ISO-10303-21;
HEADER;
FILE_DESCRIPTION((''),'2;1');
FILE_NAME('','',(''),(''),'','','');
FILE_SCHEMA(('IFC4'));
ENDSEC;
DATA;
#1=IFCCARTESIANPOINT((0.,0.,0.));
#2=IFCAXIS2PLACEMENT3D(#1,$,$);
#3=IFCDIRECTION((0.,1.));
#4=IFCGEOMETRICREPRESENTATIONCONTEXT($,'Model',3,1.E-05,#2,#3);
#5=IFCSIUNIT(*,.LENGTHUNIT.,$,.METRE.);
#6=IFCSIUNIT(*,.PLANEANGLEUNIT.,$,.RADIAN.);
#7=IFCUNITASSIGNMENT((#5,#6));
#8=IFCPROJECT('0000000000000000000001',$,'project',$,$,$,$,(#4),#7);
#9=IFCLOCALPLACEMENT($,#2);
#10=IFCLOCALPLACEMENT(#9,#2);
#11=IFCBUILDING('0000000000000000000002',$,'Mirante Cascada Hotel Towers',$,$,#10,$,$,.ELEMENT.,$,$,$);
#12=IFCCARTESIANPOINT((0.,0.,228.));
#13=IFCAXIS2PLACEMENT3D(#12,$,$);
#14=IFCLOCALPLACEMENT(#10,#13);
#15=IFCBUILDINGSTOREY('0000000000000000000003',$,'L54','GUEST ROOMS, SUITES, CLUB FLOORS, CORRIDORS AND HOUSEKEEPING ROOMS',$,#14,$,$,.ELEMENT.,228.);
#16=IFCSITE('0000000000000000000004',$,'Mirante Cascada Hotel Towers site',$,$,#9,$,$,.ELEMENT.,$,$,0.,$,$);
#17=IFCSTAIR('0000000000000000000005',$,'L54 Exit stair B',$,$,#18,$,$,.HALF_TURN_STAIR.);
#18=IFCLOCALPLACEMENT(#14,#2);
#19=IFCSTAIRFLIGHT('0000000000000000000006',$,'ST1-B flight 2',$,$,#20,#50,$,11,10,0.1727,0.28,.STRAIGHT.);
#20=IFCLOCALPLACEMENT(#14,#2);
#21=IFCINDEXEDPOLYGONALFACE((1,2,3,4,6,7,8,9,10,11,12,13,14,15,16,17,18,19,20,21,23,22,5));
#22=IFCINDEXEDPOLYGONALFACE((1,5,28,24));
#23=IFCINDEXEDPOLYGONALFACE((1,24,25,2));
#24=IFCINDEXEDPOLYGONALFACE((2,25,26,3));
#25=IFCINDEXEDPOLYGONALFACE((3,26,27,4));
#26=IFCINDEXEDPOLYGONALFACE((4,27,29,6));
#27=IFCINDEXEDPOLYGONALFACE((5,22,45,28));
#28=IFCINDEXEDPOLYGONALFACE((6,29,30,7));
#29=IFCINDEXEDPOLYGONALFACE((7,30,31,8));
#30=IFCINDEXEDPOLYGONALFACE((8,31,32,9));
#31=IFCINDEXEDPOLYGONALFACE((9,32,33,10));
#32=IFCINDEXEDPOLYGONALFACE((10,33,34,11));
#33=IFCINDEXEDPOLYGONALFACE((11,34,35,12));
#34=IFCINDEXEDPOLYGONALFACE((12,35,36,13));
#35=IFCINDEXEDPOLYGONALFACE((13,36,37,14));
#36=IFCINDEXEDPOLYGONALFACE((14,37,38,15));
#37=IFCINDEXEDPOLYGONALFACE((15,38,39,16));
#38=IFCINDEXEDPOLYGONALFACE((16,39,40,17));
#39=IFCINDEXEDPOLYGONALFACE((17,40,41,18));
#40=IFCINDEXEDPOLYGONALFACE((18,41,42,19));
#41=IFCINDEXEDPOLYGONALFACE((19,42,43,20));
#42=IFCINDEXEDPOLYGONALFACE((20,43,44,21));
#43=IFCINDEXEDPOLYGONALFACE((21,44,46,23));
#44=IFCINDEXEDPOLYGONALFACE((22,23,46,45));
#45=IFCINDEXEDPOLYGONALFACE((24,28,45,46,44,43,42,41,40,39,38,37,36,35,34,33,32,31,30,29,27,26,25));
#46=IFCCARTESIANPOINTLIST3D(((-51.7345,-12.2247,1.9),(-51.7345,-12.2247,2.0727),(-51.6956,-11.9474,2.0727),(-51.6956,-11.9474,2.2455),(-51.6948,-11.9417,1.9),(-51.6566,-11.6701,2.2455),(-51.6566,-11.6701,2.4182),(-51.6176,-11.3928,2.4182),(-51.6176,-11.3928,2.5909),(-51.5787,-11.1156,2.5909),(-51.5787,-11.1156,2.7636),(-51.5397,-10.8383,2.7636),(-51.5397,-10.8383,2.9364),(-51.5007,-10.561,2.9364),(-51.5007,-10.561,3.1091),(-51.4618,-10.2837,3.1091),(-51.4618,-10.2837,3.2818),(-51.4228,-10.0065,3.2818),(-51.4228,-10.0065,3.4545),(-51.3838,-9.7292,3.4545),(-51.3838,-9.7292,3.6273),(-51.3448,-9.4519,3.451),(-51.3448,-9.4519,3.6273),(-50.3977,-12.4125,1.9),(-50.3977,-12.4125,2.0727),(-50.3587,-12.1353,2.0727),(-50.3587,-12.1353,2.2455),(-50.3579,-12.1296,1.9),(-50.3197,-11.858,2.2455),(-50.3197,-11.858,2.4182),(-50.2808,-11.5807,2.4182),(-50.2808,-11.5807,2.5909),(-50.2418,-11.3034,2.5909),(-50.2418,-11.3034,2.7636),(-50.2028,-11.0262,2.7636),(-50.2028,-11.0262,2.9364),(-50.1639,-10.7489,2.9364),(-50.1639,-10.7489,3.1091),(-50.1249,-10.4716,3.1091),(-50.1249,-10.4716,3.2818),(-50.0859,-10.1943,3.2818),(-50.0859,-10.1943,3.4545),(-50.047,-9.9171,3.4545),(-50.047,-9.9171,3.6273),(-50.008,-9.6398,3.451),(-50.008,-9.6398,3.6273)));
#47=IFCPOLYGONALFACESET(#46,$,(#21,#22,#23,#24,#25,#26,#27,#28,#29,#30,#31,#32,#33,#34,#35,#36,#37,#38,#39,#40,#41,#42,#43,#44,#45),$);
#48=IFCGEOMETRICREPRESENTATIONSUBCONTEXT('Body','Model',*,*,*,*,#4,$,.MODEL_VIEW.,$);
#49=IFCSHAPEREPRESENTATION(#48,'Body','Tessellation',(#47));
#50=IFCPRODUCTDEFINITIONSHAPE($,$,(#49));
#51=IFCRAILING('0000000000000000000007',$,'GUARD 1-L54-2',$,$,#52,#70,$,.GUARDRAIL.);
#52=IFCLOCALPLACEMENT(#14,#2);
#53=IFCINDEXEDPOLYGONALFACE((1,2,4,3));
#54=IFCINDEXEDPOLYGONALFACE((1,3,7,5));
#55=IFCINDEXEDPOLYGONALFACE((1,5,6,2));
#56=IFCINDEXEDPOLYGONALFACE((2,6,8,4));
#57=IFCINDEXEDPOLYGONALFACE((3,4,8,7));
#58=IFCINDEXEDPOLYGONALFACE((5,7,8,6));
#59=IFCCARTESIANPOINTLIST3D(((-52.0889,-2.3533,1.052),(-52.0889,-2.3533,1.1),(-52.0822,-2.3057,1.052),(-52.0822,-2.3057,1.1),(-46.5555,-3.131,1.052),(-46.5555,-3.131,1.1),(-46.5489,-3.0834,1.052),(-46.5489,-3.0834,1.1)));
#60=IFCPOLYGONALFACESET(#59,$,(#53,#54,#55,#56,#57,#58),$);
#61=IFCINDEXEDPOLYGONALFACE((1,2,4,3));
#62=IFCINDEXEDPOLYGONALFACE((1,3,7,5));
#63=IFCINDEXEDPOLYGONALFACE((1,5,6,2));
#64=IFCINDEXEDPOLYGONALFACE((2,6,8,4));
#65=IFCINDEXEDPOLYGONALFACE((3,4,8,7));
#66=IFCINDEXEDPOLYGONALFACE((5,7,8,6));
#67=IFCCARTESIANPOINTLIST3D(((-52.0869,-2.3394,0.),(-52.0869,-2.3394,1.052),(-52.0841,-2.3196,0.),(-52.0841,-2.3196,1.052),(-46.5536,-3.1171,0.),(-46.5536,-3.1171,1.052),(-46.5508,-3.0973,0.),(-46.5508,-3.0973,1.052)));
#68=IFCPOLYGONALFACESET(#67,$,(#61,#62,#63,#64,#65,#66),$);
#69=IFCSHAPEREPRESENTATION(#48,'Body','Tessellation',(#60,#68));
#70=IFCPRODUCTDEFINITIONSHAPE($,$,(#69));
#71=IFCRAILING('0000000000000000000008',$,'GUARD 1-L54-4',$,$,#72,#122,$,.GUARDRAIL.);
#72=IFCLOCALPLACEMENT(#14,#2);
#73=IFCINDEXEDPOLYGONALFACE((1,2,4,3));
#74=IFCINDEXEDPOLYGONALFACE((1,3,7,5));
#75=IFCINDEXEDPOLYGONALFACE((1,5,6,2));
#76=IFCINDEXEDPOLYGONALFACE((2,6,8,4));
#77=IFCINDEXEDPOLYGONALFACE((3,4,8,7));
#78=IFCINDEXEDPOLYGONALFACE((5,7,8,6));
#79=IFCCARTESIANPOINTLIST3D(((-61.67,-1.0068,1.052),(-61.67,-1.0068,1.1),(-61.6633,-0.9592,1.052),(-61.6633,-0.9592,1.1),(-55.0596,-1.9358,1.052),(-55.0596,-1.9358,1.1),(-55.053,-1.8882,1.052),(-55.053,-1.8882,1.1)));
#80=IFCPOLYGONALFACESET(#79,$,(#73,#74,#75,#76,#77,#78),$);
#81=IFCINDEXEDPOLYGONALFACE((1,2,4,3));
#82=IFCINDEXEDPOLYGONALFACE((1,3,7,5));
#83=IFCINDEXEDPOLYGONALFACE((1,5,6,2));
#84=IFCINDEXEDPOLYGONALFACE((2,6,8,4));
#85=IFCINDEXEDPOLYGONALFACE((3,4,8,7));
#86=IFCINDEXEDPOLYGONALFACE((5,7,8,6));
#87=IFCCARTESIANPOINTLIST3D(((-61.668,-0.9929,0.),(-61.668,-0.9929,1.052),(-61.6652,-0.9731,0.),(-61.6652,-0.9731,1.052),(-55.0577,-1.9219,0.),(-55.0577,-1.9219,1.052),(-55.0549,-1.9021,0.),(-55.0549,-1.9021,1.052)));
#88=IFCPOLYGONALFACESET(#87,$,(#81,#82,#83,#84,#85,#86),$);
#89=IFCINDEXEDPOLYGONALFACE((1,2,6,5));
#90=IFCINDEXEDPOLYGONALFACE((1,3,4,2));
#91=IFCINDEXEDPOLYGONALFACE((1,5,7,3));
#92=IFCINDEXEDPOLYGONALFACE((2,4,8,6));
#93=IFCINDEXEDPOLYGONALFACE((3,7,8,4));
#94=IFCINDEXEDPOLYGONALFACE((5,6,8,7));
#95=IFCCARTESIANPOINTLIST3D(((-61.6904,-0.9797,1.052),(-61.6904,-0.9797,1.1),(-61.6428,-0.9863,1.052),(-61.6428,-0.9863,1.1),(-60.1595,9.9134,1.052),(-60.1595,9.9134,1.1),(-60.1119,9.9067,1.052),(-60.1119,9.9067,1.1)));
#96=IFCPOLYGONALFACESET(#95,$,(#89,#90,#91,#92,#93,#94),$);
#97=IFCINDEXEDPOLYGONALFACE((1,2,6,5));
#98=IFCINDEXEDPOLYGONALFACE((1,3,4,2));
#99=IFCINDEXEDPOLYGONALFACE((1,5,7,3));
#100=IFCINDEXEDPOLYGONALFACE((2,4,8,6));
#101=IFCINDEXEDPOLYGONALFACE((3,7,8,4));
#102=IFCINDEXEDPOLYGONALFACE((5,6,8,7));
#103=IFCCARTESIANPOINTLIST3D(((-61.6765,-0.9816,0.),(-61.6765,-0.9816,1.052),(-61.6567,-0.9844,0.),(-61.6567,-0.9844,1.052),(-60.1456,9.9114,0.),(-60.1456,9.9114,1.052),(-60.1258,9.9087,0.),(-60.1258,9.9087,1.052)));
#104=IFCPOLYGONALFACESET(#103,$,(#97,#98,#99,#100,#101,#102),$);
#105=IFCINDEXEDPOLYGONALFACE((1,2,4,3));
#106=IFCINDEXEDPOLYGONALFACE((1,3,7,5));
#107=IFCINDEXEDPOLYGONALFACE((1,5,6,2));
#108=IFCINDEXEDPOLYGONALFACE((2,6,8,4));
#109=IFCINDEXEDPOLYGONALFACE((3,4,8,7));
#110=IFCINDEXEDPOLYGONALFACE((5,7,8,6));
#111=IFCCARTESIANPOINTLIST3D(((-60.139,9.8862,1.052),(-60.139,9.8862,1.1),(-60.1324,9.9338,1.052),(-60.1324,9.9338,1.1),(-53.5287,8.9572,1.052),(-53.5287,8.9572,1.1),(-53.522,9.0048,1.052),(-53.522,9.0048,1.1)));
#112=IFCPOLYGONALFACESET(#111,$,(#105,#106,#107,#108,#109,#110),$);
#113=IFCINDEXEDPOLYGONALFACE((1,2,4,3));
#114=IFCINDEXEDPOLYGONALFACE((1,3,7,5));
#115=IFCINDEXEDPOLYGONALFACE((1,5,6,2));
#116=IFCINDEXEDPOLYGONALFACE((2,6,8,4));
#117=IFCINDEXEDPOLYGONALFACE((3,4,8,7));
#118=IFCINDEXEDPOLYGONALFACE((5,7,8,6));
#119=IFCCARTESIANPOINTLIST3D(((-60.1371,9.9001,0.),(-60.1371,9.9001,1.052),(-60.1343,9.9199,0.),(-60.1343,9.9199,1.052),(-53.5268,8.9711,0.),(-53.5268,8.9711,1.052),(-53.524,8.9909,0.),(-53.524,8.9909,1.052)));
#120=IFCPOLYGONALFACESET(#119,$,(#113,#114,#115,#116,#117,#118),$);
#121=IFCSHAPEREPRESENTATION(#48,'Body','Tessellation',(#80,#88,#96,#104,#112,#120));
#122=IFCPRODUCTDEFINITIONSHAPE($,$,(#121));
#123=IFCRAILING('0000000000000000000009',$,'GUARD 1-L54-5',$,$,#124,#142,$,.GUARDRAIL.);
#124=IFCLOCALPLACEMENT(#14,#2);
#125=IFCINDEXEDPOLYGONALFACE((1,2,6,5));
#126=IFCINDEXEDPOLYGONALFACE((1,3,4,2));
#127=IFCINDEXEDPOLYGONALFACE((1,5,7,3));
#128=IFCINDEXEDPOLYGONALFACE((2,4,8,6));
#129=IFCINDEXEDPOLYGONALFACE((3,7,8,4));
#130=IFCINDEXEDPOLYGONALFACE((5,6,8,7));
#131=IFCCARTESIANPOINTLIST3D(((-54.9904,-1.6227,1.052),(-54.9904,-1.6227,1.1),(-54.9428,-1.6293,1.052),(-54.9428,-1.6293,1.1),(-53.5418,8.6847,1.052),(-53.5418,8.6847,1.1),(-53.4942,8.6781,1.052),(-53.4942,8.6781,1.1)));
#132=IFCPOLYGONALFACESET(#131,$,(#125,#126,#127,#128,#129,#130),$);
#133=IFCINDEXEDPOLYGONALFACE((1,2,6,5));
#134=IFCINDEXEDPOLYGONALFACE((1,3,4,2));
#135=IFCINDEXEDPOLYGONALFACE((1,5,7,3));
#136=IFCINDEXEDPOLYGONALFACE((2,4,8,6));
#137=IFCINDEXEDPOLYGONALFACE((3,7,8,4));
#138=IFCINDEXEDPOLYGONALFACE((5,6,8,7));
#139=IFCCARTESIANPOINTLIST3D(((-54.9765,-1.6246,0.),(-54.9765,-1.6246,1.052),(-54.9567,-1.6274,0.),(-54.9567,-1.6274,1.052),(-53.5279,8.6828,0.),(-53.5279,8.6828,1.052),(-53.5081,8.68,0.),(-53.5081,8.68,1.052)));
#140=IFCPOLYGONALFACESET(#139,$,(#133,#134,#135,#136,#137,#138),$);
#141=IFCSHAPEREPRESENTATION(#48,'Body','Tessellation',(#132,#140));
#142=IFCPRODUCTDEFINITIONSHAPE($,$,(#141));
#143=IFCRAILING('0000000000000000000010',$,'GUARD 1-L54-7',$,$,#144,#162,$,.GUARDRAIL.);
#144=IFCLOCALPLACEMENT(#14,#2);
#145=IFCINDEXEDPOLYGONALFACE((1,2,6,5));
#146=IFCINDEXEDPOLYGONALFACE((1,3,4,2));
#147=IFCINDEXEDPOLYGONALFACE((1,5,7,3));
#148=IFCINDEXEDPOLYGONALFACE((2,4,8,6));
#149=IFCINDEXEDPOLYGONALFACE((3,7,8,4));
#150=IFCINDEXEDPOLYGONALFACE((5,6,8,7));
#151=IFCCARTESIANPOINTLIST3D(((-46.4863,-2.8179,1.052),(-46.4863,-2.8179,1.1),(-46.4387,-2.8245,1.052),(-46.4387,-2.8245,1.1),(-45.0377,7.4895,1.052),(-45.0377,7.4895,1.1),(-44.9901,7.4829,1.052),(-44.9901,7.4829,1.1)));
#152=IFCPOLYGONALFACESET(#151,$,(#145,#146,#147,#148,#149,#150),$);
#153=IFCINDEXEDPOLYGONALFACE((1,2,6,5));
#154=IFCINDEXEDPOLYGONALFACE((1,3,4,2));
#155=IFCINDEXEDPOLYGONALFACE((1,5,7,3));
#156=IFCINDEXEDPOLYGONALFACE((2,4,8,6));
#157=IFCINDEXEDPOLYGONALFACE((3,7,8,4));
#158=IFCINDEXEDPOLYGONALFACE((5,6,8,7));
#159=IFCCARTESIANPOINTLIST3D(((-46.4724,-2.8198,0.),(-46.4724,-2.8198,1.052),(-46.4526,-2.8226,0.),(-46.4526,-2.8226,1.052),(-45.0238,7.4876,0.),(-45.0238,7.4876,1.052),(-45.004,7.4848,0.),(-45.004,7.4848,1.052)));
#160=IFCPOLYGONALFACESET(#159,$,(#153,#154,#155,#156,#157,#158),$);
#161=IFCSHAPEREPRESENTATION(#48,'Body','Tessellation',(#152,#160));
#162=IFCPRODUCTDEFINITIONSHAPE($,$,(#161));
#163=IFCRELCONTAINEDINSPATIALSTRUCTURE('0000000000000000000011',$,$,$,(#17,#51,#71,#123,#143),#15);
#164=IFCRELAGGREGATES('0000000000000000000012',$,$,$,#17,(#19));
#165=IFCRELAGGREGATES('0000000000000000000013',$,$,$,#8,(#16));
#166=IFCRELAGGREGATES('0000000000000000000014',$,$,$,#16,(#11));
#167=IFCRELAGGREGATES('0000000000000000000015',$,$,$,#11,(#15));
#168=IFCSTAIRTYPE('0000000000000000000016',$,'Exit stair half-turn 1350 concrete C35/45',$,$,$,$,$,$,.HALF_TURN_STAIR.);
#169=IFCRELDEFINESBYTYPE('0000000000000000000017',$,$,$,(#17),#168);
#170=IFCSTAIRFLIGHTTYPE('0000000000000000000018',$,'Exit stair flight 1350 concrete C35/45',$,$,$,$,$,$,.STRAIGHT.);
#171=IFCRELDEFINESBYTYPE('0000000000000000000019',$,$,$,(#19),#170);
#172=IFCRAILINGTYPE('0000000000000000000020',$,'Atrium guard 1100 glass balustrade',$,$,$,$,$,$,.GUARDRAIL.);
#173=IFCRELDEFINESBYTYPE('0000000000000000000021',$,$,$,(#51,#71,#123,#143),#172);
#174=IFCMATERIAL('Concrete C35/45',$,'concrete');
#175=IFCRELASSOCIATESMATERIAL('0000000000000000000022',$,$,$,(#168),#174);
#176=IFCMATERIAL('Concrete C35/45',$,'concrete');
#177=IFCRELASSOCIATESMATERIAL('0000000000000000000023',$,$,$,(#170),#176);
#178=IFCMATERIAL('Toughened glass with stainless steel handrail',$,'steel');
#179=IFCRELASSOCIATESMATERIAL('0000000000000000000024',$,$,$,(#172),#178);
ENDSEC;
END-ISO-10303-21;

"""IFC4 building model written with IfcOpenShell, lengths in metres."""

from ifc_helpers import new_model, si_unit, direction, frame, origin, origin_2d, place, context, subcontext, project, spatial, polyline, rectangle, outline, extrude, material, type_object, element, aggregate, save


model = new_model("IFC4")

# Units and contexts
model_context = context("Model", 3, precision=1e-05, world=origin(), true_north=direction((0.0, 1.0)))
body_context = subcontext(model_context, "Body", "Model", "MODEL_VIEW")
ifc_project = project(units=[si_unit("LENGTHUNIT", "METRE"), si_unit("PLANEANGLEUNIT", "RADIAN")], contexts=[model_context])

# Site, building, storey
site_placement = place(None, origin())
site = spatial("IfcSite", under=ifc_project, at=site_placement, Name="Mirante Cascada Hotel Towers site", CompositionType="ELEMENT", RefElevation=0.0)
building_placement = place(site_placement, origin())
building = spatial("IfcBuilding", under=site, at=building_placement, Name="Mirante Cascada Hotel Towers", CompositionType="ELEMENT")
storey_placement = place(building_placement, frame((0.0, 0.0, 228.0)))
storey = spatial("IfcBuildingStorey", under=building, at=storey_placement, Name="L54", Description="GUEST ROOMS, SUITES, CLUB FLOORS, CORRIDORS AND HOUSEKEEPING ROOMS", CompositionType="ELEMENT", Elevation=228.0)

# Stair, stair flight
ifc_material_1 = material(Name="Concrete C35/45", Category="concrete")
stair_type = type_object("IfcStairType", Name="Exit stair half-turn 1350 concrete C35/45", PredefinedType="HALF_TURN_STAIR", material=ifc_material_1)
stair_placement = place(storey_placement, origin())
stair = element("IfcStair", 1, at=stair_placement, inside=storey, type_object=stair_type, Name="L54 Exit stair B", PredefinedType="HALF_TURN_STAIR")
ifc_material_2 = material(Name="Concrete C35/45", Category="concrete")
stair_flight_type = type_object("IfcStairFlightType", Name="Exit stair flight 1350 concrete C35/45", PredefinedType="STRAIGHT", material=ifc_material_2)
stair_flight_1_placement = place(storey_placement, frame((-51.0661, -12.3186, 1.9), z_axis=(0.0, 0.0, 1.0), x_axis=(0.139173, 0.990268, 0.0)))
stair_flight_1 = element("IfcStairFlight", 2, at=stair_flight_1_placement, type_object=stair_flight_type, Name="ST1-B flight 2", NumberOfRisers=11, NumberOfTreads=10, PredefinedType="STRAIGHT", RiserHeight=0.1727, TreadLength=0.28, context=body_context, shape_type="SweptSolid", body=[
    extrude(outline(polyline([(0.0, 0.0), (0.0, 0.1727), (0.28, 0.1727), (0.28, 0.3455), (0.56, 0.3455), (0.56, 0.5182), (0.84, 0.5182), (0.84, 0.6909), (1.12, 0.6909), (1.12, 0.8636), (1.4, 0.8636), (1.4, 1.0364), (1.68, 1.0364), (1.68, 1.2091), (1.96, 1.2091), (1.96, 1.3818), (2.24, 1.3818), (2.24, 1.5545), (2.52, 1.5545), (2.52, 1.7273), (2.8, 1.7273), (2.8, 1.9), (2.8, 1.551), (0.2857, 0.0), (0.0, 0.0)])), frame((0.0, 0.675, 0.0), z_axis=(0.0, -1.0, 0.0), x_axis=(1.0, 0.0, 0.0)), (0.0, 0.0, 1.0), 1.35),
])
aggregate(stair, [stair_flight_1])

# Railings
ifc_material_3 = material(Name="Toughened glass with stainless steel handrail", Category="steel")
railing_type_1 = type_object("IfcRailingType", Name="Atrium guard 1100 glass balustrade", PredefinedType="GUARDRAIL", material=ifc_material_3)
railing_1_placement = place(storey_placement, frame((-46.5522, -3.1072, 0.0)))
element("IfcRailing", 3, at=railing_1_placement, inside=storey, type_object=railing_type_1, Name="GUARD 1-L54-2", PredefinedType="GUARDRAIL", context=body_context, shape_type="SweptSolid", body=[
    extrude(rectangle(XDim=0.048, YDim=0.048, at=origin_2d()), frame((0.0, 0.0, 1.076), z_axis=(-0.990267, 0.139181, 0.0), x_axis=(-0.139181, -0.990267, 0.0)), (0.0, 0.0, 1.0), 5.5877),
    extrude(rectangle(XDim=0.02, YDim=1.052, at=origin_2d()), frame((0.0, 0.0, 0.526), z_axis=(-0.990267, 0.139181, 0.0), x_axis=(-0.139181, -0.990267, 0.0)), (0.0, 0.0, 1.0), 5.5877),
])
railing_2_placement = place(storey_placement, frame((-55.0563, -1.912, 0.0)))
element("IfcRailing", 4, at=railing_2_placement, inside=storey, type_object=railing_type_1, Name="GUARD 1-L54-4", PredefinedType="GUARDRAIL", context=body_context, shape_type="SweptSolid", body=[
    extrude(rectangle(XDim=0.048, YDim=0.048, at=origin_2d()), frame((0.0, 0.0, 1.076), z_axis=(-0.990268, 0.139171, 0.0), x_axis=(-0.139171, -0.990268, 0.0)), (0.0, 0.0, 1.0), 6.6753),
    extrude(rectangle(XDim=0.02, YDim=1.052, at=origin_2d()), frame((0.0, 0.0, 0.526), z_axis=(-0.990268, 0.139171, 0.0), x_axis=(-0.139171, -0.990268, 0.0)), (0.0, 0.0, 1.0), 6.6753),
    extrude(rectangle(XDim=0.048, YDim=0.048, at=origin_2d()), frame((-6.6103, 0.929, 1.076), z_axis=(0.139172, 0.990268, 0.0), x_axis=(-0.990268, 0.139172, 0.0)), (0.0, 0.0, 1.0), 11.0001),
    extrude(rectangle(XDim=0.02, YDim=1.052, at=origin_2d()), frame((-6.6103, 0.929, 0.526), z_axis=(0.139172, 0.990268, 0.0), x_axis=(-0.990268, 0.139172, 0.0)), (0.0, 0.0, 1.0), 11.0001),
    extrude(rectangle(XDim=0.048, YDim=0.048, at=origin_2d()), frame((-5.0794, 11.822, 1.076), z_axis=(0.990268, -0.139171, 0.0), x_axis=(0.139171, 0.990268, 0.0)), (0.0, 0.0, 1.0), 6.6753),
    extrude(rectangle(XDim=0.02, YDim=1.052, at=origin_2d()), frame((-5.0794, 11.822, 0.526), z_axis=(0.990268, -0.139171, 0.0), x_axis=(0.139171, 0.990268, 0.0)), (0.0, 0.0, 1.0), 6.6753),
])
for number, where, name in (
    (5, (-54.9666, -1.626, 0.0), "GUARD 1-L54-5"),
    (6, (-46.4625, -2.8212, 0.0), "GUARD 1-L54-7"),
):
    element("IfcRailing", number, at=place(storey_placement, frame(where)), inside=storey, type_object=railing_type_1, Name=name, PredefinedType="GUARDRAIL", context=body_context, shape_type="SweptSolid", body=[
        extrude(rectangle(XDim=0.048, YDim=0.048, at=origin_2d()), frame((0.0, 0.0, 1.076), z_axis=(0.139172, 0.990268, 0.0), x_axis=(-0.990268, 0.139172, 0.0)), (0.0, 0.0, 1.0), 10.4087),
        extrude(rectangle(XDim=0.02, YDim=1.052, at=origin_2d()), frame((0.0, 0.0, 0.526), z_axis=(0.139172, 0.990268, 0.0), x_axis=(-0.990268, 0.139172, 0.0)), (0.0, 0.0, 1.0), 10.4087),
    ])

save(model, "model.ifc")
